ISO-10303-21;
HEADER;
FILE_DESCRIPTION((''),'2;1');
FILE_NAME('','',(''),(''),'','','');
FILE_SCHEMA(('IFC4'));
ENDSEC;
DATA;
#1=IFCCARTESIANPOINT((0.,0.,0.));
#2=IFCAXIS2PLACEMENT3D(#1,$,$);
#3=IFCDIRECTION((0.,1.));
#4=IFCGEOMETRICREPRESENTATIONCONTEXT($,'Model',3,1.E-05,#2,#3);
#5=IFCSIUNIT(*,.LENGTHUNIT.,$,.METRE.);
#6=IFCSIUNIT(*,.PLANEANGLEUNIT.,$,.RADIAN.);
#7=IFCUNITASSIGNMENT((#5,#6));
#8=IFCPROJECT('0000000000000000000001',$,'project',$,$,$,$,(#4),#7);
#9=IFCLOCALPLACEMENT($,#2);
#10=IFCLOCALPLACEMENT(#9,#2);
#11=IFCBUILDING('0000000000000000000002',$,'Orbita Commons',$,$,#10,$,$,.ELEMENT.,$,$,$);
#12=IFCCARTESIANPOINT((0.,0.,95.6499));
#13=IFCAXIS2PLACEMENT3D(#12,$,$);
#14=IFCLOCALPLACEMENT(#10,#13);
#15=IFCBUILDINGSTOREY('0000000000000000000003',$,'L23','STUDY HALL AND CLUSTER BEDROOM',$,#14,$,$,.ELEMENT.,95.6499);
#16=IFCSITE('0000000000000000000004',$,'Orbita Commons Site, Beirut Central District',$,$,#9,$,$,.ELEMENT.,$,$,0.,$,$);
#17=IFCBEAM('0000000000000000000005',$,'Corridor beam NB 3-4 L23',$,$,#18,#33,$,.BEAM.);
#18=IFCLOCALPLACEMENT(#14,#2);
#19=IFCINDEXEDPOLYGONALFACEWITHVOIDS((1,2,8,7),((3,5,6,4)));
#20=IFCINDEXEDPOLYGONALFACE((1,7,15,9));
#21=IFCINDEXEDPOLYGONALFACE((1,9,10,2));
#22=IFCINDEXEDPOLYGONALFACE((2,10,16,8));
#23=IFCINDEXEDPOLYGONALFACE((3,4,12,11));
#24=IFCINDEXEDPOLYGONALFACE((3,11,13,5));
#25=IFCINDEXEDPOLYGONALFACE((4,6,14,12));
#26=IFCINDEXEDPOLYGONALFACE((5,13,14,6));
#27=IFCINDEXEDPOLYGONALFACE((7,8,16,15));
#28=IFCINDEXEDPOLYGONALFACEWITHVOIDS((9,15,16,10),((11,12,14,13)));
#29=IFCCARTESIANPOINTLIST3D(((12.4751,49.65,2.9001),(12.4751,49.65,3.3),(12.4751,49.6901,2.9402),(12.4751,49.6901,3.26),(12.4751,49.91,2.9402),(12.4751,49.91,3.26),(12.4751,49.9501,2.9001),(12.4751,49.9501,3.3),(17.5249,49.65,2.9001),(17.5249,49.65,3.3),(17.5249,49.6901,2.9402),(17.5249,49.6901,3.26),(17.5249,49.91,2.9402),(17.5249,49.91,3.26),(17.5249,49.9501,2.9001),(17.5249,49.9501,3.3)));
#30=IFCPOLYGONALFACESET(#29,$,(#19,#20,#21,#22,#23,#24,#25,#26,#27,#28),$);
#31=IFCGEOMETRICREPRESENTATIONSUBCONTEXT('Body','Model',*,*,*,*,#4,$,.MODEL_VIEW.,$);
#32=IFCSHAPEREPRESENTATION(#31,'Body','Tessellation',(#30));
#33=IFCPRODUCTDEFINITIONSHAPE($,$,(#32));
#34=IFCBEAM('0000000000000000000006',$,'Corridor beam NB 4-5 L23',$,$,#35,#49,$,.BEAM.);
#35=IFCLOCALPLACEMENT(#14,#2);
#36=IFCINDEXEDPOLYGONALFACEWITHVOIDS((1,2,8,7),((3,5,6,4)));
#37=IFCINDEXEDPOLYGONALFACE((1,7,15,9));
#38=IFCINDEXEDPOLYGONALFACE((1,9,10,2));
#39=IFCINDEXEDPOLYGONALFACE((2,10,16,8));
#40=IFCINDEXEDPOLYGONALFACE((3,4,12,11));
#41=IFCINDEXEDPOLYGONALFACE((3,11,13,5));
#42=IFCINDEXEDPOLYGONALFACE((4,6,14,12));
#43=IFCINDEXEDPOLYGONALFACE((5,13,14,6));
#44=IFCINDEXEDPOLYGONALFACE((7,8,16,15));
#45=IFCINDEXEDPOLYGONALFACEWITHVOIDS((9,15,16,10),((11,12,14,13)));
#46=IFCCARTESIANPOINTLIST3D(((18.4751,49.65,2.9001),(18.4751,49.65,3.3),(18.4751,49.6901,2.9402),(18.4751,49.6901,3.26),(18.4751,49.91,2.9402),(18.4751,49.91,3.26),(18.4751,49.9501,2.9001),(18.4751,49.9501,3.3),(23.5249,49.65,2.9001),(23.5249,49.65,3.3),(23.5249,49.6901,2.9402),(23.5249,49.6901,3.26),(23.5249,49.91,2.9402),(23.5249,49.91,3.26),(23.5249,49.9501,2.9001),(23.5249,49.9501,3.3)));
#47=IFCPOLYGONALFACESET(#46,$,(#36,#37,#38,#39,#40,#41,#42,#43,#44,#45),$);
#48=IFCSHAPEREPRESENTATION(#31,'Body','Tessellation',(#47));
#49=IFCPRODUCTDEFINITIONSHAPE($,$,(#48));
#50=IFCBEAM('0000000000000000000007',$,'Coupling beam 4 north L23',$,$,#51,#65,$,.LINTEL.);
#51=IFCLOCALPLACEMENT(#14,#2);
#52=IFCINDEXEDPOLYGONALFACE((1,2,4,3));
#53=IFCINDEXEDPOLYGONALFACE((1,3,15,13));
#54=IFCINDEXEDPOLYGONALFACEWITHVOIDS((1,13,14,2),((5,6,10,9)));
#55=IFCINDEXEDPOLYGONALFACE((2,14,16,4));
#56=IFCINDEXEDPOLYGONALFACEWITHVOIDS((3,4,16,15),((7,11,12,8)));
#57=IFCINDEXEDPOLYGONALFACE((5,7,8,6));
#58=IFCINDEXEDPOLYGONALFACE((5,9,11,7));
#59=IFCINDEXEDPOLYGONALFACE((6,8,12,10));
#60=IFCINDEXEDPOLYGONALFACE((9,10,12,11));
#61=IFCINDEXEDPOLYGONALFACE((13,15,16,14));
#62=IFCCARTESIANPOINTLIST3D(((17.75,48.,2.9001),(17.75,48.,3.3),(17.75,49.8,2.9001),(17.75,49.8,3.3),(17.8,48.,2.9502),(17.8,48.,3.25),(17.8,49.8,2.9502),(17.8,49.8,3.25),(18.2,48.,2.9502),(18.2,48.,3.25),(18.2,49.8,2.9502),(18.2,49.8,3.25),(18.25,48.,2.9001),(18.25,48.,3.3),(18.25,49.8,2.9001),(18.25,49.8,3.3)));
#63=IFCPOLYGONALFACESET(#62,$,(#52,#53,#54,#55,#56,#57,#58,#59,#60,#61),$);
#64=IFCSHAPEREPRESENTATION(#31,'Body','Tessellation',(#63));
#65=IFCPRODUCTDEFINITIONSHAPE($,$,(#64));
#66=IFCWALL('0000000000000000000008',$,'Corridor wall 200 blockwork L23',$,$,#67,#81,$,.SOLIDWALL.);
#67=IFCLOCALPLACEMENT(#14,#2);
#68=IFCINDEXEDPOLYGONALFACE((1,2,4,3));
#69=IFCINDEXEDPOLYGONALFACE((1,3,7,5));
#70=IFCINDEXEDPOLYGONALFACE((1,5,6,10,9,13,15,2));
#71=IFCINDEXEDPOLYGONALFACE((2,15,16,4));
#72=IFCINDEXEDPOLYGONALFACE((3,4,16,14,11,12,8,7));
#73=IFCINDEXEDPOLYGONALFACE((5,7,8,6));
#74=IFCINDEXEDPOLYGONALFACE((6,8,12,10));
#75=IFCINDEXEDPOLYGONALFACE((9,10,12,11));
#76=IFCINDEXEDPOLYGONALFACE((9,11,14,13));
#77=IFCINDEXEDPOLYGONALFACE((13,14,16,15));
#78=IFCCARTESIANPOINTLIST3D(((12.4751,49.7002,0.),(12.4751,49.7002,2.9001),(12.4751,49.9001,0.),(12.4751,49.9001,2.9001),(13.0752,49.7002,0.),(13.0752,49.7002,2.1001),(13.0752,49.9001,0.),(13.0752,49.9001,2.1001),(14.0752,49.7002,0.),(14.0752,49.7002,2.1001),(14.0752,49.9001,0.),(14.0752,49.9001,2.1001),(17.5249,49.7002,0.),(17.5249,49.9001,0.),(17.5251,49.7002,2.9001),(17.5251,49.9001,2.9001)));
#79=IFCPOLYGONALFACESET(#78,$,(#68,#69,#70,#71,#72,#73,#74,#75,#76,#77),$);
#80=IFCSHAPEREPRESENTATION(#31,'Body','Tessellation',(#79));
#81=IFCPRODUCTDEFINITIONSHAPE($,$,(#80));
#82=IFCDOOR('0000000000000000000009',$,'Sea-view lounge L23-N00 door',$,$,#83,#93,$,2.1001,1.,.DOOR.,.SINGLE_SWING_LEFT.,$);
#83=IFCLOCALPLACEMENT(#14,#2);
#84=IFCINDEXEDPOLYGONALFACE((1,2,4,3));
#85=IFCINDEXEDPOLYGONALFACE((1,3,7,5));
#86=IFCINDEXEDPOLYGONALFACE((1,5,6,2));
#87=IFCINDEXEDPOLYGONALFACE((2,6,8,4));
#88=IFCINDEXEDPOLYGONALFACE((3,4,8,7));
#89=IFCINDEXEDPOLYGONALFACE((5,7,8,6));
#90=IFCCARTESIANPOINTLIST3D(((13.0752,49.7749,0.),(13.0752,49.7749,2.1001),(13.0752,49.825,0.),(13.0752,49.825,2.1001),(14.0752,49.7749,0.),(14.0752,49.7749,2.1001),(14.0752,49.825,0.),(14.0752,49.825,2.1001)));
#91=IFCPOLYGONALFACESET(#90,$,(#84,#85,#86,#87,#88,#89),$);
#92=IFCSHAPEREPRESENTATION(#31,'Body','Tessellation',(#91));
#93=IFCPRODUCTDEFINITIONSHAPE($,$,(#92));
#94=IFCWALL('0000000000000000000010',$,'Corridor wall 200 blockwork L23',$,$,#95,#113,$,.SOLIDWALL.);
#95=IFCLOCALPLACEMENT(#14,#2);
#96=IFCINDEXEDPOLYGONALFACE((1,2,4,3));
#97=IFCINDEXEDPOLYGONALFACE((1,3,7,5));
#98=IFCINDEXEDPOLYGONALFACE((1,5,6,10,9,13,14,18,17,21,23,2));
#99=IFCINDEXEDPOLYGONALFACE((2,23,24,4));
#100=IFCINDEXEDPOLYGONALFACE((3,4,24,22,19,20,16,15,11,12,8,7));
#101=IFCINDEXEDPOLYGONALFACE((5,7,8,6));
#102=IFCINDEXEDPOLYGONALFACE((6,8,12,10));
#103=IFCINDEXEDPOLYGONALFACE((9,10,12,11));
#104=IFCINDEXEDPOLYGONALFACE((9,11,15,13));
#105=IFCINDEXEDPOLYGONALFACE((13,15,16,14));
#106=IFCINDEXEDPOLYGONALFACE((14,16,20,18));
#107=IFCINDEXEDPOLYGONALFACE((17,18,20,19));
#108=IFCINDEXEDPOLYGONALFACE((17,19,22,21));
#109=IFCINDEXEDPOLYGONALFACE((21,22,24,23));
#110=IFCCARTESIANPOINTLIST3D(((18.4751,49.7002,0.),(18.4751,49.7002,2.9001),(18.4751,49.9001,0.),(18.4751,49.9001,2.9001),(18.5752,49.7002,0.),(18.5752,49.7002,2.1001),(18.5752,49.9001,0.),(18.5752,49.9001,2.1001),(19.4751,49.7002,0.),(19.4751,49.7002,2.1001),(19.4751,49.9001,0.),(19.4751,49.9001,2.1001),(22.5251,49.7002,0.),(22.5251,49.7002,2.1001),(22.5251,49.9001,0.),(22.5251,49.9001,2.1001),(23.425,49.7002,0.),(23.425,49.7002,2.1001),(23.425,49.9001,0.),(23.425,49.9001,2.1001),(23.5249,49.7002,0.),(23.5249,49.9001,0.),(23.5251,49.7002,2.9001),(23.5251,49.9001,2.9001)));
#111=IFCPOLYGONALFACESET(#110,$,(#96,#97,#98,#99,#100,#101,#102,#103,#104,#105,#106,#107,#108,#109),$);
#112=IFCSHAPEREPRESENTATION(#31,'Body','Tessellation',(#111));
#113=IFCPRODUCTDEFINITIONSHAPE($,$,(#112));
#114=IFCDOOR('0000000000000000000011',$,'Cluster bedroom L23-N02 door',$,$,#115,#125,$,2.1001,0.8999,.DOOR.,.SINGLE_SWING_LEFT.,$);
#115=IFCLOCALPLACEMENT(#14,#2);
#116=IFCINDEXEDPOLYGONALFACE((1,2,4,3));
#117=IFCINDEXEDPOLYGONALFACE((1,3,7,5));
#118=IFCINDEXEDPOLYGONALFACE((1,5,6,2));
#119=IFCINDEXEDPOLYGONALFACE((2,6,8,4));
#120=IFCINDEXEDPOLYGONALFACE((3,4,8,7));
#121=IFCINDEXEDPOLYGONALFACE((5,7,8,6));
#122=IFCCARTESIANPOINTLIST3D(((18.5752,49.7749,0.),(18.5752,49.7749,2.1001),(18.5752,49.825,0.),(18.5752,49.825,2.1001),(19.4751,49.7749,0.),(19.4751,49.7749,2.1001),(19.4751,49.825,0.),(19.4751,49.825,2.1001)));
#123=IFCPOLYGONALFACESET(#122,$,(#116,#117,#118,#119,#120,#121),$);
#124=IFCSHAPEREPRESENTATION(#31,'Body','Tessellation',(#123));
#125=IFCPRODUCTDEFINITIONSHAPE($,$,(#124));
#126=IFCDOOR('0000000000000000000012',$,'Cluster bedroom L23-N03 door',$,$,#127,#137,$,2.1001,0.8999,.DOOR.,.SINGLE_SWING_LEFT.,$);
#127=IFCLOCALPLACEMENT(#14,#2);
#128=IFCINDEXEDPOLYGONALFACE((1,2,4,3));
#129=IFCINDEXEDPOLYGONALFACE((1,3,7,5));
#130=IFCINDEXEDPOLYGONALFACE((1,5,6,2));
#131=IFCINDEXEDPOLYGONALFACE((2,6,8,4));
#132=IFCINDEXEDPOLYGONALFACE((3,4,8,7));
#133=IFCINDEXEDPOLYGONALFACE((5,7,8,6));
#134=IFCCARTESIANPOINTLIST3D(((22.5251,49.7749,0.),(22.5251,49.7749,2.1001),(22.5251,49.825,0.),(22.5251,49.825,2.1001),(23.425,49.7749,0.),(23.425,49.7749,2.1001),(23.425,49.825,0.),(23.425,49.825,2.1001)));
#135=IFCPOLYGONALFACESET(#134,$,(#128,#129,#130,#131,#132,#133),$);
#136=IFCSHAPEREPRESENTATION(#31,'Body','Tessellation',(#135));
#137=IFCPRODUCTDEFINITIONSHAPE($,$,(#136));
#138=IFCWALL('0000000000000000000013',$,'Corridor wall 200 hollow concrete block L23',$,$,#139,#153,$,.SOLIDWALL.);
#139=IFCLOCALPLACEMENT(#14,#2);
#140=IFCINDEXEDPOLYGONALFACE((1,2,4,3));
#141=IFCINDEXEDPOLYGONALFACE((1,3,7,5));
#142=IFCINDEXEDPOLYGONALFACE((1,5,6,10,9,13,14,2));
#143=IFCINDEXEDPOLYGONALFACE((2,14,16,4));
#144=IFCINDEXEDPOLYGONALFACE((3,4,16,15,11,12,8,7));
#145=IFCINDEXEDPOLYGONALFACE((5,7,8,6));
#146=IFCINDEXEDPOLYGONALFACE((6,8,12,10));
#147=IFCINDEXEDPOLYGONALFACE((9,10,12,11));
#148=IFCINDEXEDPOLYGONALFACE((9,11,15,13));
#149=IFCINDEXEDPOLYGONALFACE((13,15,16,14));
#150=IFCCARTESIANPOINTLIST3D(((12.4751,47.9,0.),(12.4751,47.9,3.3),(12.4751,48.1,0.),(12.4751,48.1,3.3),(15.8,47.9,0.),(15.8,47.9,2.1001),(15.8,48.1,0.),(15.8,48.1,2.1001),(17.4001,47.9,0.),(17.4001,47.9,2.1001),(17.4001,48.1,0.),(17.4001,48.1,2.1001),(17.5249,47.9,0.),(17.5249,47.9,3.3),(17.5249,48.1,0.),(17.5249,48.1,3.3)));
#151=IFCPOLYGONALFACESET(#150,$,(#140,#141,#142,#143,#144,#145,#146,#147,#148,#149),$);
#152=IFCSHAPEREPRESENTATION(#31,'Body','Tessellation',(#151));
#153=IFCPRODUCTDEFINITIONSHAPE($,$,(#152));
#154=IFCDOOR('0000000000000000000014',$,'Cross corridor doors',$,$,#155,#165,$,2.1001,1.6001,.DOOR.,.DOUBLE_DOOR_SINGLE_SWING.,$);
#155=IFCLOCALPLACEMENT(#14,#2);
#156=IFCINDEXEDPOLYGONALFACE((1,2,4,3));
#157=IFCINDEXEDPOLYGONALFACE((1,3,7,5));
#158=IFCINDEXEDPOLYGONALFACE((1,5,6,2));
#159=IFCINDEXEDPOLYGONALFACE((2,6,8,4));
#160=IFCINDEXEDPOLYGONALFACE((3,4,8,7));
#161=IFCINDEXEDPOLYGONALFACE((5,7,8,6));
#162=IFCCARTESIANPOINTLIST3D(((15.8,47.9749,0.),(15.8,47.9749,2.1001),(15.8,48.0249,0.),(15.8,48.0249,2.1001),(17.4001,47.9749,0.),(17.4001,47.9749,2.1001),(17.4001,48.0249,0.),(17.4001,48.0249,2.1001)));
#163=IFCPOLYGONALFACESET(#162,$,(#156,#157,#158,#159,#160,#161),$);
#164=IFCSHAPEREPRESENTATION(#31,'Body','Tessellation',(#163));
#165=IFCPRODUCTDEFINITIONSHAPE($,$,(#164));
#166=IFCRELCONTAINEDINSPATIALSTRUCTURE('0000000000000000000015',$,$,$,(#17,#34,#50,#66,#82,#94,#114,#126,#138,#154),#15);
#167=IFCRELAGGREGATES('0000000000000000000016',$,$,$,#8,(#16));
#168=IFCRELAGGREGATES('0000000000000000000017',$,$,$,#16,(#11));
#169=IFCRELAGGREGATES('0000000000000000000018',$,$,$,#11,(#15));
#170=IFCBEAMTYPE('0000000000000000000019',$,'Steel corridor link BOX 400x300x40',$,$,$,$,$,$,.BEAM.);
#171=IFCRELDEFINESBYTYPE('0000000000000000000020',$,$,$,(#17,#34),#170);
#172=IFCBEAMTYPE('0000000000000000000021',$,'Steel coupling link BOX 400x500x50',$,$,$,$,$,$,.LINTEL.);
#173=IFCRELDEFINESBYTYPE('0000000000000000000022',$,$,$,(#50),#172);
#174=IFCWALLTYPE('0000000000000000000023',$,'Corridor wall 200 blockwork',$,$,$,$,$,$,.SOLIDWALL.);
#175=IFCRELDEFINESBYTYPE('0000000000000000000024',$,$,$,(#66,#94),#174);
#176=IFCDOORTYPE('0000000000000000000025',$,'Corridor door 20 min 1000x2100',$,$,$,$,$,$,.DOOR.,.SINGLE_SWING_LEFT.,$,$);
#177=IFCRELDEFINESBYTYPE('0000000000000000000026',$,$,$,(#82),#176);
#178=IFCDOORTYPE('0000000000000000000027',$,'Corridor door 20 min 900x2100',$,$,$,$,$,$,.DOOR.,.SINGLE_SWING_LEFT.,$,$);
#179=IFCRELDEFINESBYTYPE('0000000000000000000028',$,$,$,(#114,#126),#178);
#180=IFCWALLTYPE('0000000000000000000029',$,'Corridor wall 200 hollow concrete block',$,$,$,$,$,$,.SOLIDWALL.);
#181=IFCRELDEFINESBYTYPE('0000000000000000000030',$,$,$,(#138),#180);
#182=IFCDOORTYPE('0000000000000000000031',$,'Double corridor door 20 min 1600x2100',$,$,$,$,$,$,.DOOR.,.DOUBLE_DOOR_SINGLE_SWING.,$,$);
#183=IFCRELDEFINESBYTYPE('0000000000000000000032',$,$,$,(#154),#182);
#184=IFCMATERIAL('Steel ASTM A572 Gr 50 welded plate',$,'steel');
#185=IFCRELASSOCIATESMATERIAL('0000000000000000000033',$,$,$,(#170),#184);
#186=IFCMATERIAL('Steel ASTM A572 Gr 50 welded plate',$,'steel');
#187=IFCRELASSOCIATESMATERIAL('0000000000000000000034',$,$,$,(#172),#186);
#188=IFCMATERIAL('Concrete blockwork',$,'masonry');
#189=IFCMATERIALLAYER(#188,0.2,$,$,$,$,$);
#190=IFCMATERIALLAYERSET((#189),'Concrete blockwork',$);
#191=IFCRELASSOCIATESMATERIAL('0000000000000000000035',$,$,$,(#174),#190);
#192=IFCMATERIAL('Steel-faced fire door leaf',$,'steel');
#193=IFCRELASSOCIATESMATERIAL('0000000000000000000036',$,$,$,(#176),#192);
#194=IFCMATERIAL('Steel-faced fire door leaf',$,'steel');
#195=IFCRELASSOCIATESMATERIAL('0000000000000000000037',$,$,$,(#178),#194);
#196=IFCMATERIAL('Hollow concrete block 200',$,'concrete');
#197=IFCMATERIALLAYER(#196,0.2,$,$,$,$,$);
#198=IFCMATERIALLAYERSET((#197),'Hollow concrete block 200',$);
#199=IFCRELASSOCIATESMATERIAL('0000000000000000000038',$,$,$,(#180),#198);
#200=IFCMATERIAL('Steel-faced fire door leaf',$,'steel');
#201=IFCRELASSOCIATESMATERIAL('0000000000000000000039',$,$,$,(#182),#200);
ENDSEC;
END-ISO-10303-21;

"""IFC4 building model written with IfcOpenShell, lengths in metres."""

from ifc_helpers import new_model, si_unit, direction, frame, frame_2d, origin, origin_2d, place, context, subcontext, project, spatial, polyline, rectangle, hollow_rectangle, outline, extrude, material, layer, layer_set, material_profile, profile_set, type_object, element, fill, save


model = new_model("IFC4")

# Units and contexts
model_context = context("Model", 3, precision=1e-05, world=origin(), true_north=direction((0.0, 1.0)))
body_context = subcontext(model_context, "Body", "Model", "MODEL_VIEW")
ifc_project = project(units=[si_unit("LENGTHUNIT", "METRE"), si_unit("PLANEANGLEUNIT", "RADIAN")], contexts=[model_context])

# Site, building, storey
site_placement = place(None, origin())
site = spatial("IfcSite", under=ifc_project, at=site_placement, Name="Orbita Commons Site, Beirut Central District", CompositionType="ELEMENT", RefElevation=0.0)
building_placement = place(site_placement, origin())
building = spatial("IfcBuilding", under=site, at=building_placement, Name="Orbita Commons", CompositionType="ELEMENT")
storey_placement = place(building_placement, frame((0.0, 0.0, 95.6499)))
storey = spatial("IfcBuildingStorey", under=building, at=storey_placement, Name="L23", Description="STUDY HALL AND CLUSTER BEDROOM", CompositionType="ELEMENT", Elevation=95.6499)

# Beams
ifc_material_1 = material(Name="Steel ASTM A572 Gr 50 welded plate", Category="steel")
ifc_material_profile_1 = material_profile(ifc_material_1, hollow_rectangle(XDim=0.3, YDim=0.3999, WallThickness=0.04, at=origin_2d()), Name="BOX 400x300x40")
ifc_profile_set_1 = profile_set([ifc_material_profile_1], Name="Steel ASTM A572 Gr 50 welded plate")
beam_type_1 = type_object("IfcBeamType", Name="Steel corridor link BOX 400x300x40", PredefinedType="BEAM", material=ifc_profile_set_1)
for number, where, z_axis, x_axis, name in (
    (1, (12.4751, 49.8, 3.1001), (1.0, 0.0, 0.0), (0.0, 1.0, 0.0), "Corridor beam NB 3-4 L23"),
    (2, (18.4751, 49.8, 3.1001), (1.0, 0.0, 0.0), (0.0, 1.0, 0.0), "Corridor beam NB 4-5 L23"),
):
    element("IfcBeam", number, at=place(storey_placement, frame(where, z_axis=z_axis, x_axis=x_axis)), inside=storey, type_object=beam_type_1, Name=name, PredefinedType="BEAM", context=body_context, shape_type="SweptSolid", body=[
        extrude(hollow_rectangle(XDim=0.3, YDim=0.3999, WallThickness=0.04, at=origin_2d()), origin(), (0.0, 0.0, 1.0), 5.0498),
    ])
ifc_material_2 = material(Name="Steel ASTM A572 Gr 50 welded plate", Category="steel")
ifc_material_profile_2 = material_profile(ifc_material_2, hollow_rectangle(XDim=0.5, YDim=0.3999, WallThickness=0.05, at=origin_2d()), Name="BOX 400x500x50")
ifc_profile_set_2 = profile_set([ifc_material_profile_2], Name="Steel ASTM A572 Gr 50 welded plate")
beam_type_2 = type_object("IfcBeamType", Name="Steel coupling link BOX 400x500x50", PredefinedType="LINTEL", material=ifc_profile_set_2)
beam_placement = place(storey_placement, frame((18.0, 48.0, 3.1001), z_axis=(0.0, 1.0, 0.0), x_axis=(-1.0, 0.0, 0.0)))
element("IfcBeam", 3, at=beam_placement, inside=storey, type_object=beam_type_2, Name="Coupling beam 4 north L23", PredefinedType="LINTEL", context=body_context, shape_type="SweptSolid", body=[
    extrude(hollow_rectangle(XDim=0.5, YDim=0.3999, WallThickness=0.05, at=origin_2d()), origin(), (0.0, 0.0, 1.0), 1.8),
])

# Wall, opening, door
ifc_material_3 = material(Name="Concrete blockwork", Category="masonry")
ifc_layer_1 = layer(ifc_material_3, 0.2)
ifc_layer_set_1 = layer_set([ifc_layer_1], Name="Concrete blockwork")
wall_type_1 = type_object("IfcWallType", Name="Corridor wall 200 blockwork", PredefinedType="SOLIDWALL", material=ifc_layer_set_1)
wall_1_placement = place(storey_placement, frame((12.4751, 49.8, 0.0), z_axis=(0.0, 0.0, 1.0), x_axis=(1.0, 0.0, 0.0)))
wall_1 = element("IfcWall", 4, at=wall_1_placement, inside=storey, type_object=wall_type_1, Name="Corridor wall 200 blockwork L23", PredefinedType="SOLIDWALL", context=body_context, shape_type="SweptSolid", body=[
    extrude(outline(polyline([(0.0, 0.0), (5.0498, 0.0), (5.05, 2.9001), (0.0, 2.9001), (0.0, 0.0)])), frame((0.0, 0.1001, 0.0), z_axis=(0.0, -1.0, 0.0), x_axis=(1.0, 0.0, 0.0)), (0.0, 0.0, 1.0), 0.2),
])
opening_1_placement = place(wall_1_placement, frame((0.6001, 0.0, 0.0)))
opening_1 = element("IfcOpeningElement", 5, at=opening_1_placement, cuts=wall_1, PredefinedType="OPENING", context=body_context, shape_type="SweptSolid", body=[
    extrude(rectangle(XDim=1.0, YDim=2.1001, at=frame_2d((0.5, 1.05))), frame((0.0, 0.1099, 0.0), z_axis=(0.0, -1.0, 0.0), x_axis=(1.0, 0.0, 0.0)), (0.0, 0.0, 1.0), 0.22),
])
ifc_material_4 = material(Name="Steel-faced fire door leaf", Category="steel")
door_type_1 = type_object("IfcDoorType", Name="Corridor door 20 min 1000x2100", OperationType="SINGLE_SWING_LEFT", PredefinedType="DOOR", material=ifc_material_4)
door_1_placement = place(opening_1_placement, origin())
door_1 = element("IfcDoor", 6, at=door_1_placement, inside=storey, type_object=door_type_1, Name="Sea-view lounge L23-N00 door", OperationType="SINGLE_SWING_LEFT", OverallHeight=2.1001, OverallWidth=1.0, PredefinedType="DOOR", context=body_context, shape_type="SweptSolid", body=[
    extrude(rectangle(XDim=1.0, YDim=2.1001, at=frame_2d((0.5, 1.05))), frame((0.0, 0.0249, 0.0), z_axis=(0.0, -1.0, 0.0), x_axis=(1.0, 0.0, 0.0)), (0.0, 0.0, 1.0), 0.05),
])
fill(opening_1, door_1)

# Wall, openings, doors
wall_2_placement = place(storey_placement, frame((18.4751, 49.8, 0.0), z_axis=(0.0, 0.0, 1.0), x_axis=(1.0, 0.0, 0.0)))
wall_2 = element("IfcWall", 7, at=wall_2_placement, inside=storey, type_object=wall_type_1, Name="Corridor wall 200 blockwork L23", PredefinedType="SOLIDWALL", context=body_context, shape_type="SweptSolid", body=[
    extrude(outline(polyline([(0.0, 0.0), (5.0498, 0.0), (5.05, 2.9001), (0.0, 2.9001), (0.0, 0.0)])), frame((0.0, 0.1001, 0.0), z_axis=(0.0, -1.0, 0.0), x_axis=(1.0, 0.0, 0.0)), (0.0, 0.0, 1.0), 0.2),
])
opening_2_placement = place(wall_2_placement, frame((0.1001, 0.0, 0.0)))
opening_2 = element("IfcOpeningElement", 8, at=opening_2_placement, cuts=wall_2, PredefinedType="OPENING", context=body_context, shape_type="SweptSolid", body=[
    extrude(rectangle(XDim=0.8999, YDim=2.1001, at=frame_2d((0.45, 1.05))), frame((0.0, 0.1099, 0.0), z_axis=(0.0, -1.0, 0.0), x_axis=(1.0, 0.0, 0.0)), (0.0, 0.0, 1.0), 0.22),
])
opening_3_placement = place(wall_2_placement, frame((4.05, 0.0, 0.0)))
opening_3 = element("IfcOpeningElement", 9, at=opening_3_placement, cuts=wall_2, PredefinedType="OPENING", context=body_context, shape_type="SweptSolid", body=[
    extrude(rectangle(XDim=0.8999, YDim=2.1001, at=frame_2d((0.45, 1.05))), frame((0.0, 0.1099, 0.0), z_axis=(0.0, -1.0, 0.0), x_axis=(1.0, 0.0, 0.0)), (0.0, 0.0, 1.0), 0.22),
])
ifc_material_5 = material(Name="Steel-faced fire door leaf", Category="steel")
door_type_2 = type_object("IfcDoorType", Name="Corridor door 20 min 900x2100", OperationType="SINGLE_SWING_LEFT", PredefinedType="DOOR", material=ifc_material_5)
door_2_placement = place(opening_2_placement, origin())
door_2 = element("IfcDoor", 10, at=door_2_placement, inside=storey, type_object=door_type_2, Name="Cluster bedroom L23-N02 door", OperationType="SINGLE_SWING_LEFT", OverallHeight=2.1001, OverallWidth=0.8999, PredefinedType="DOOR", context=body_context, shape_type="SweptSolid", body=[
    extrude(rectangle(XDim=0.8999, YDim=2.1001, at=frame_2d((0.45, 1.05))), frame((0.0, 0.0249, 0.0), z_axis=(0.0, -1.0, 0.0), x_axis=(1.0, 0.0, 0.0)), (0.0, 0.0, 1.0), 0.05),
])
fill(opening_2, door_2)
door_3_placement = place(opening_3_placement, origin())
door_3 = element("IfcDoor", 11, at=door_3_placement, inside=storey, type_object=door_type_2, Name="Cluster bedroom L23-N03 door", OperationType="SINGLE_SWING_LEFT", OverallHeight=2.1001, OverallWidth=0.8999, PredefinedType="DOOR", context=body_context, shape_type="SweptSolid", body=[
    extrude(rectangle(XDim=0.8999, YDim=2.1001, at=frame_2d((0.45, 1.05))), frame((0.0, 0.0249, 0.0), z_axis=(0.0, -1.0, 0.0), x_axis=(1.0, 0.0, 0.0)), (0.0, 0.0, 1.0), 0.05),
])
fill(opening_3, door_3)

# Wall, opening, door
ifc_material_6 = material(Name="Hollow concrete block 200", Category="concrete")
ifc_layer_2 = layer(ifc_material_6, 0.2)
ifc_layer_set_2 = layer_set([ifc_layer_2], Name="Hollow concrete block 200")
wall_type_2 = type_object("IfcWallType", Name="Corridor wall 200 hollow concrete block", PredefinedType="SOLIDWALL", material=ifc_layer_set_2)
wall_3_placement = place(storey_placement, frame((12.4751, 48.0, 0.0), z_axis=(0.0, 0.0, 1.0), x_axis=(1.0, 0.0, 0.0)))
wall_3 = element("IfcWall", 12, at=wall_3_placement, inside=storey, type_object=wall_type_2, Name="Corridor wall 200 hollow concrete block L23", PredefinedType="SOLIDWALL", context=body_context, shape_type="SweptSolid", body=[
    extrude(rectangle(XDim=5.0498, YDim=0.2, at=frame_2d((2.5249, 0.0))), origin(), (0.0, 0.0, 1.0), 3.3),
])
opening_4_placement = place(wall_3_placement, frame((3.325, 0.0, 0.0)))
opening_4 = element("IfcOpeningElement", 13, at=opening_4_placement, cuts=wall_3, PredefinedType="OPENING", context=body_context, shape_type="SweptSolid", body=[
    extrude(rectangle(XDim=1.6001, YDim=2.1001, at=frame_2d((0.8, 1.05))), frame((0.0, 0.1099, 0.0), z_axis=(0.0, -1.0, 0.0), x_axis=(1.0, 0.0, 0.0)), (0.0, 0.0, 1.0), 0.22),
])
ifc_material_7 = material(Name="Steel-faced fire door leaf", Category="steel")
door_type_3 = type_object("IfcDoorType", Name="Double corridor door 20 min 1600x2100", OperationType="DOUBLE_DOOR_SINGLE_SWING", PredefinedType="DOOR", material=ifc_material_7)
door_4_placement = place(opening_4_placement, origin())
door_4 = element("IfcDoor", 14, at=door_4_placement, inside=storey, type_object=door_type_3, Name="Cross corridor doors", OperationType="DOUBLE_DOOR_SINGLE_SWING", OverallHeight=2.1001, OverallWidth=1.6001, PredefinedType="DOOR", context=body_context, shape_type="SweptSolid", body=[
    extrude(rectangle(XDim=1.6001, YDim=2.1001, at=frame_2d((0.8, 1.05))), frame((0.0, 0.0249, 0.0), z_axis=(0.0, -1.0, 0.0), x_axis=(1.0, 0.0, 0.0)), (0.0, 0.0, 1.0), 0.05),
])
fill(opening_4, door_4)

save(model, "model.ifc")
